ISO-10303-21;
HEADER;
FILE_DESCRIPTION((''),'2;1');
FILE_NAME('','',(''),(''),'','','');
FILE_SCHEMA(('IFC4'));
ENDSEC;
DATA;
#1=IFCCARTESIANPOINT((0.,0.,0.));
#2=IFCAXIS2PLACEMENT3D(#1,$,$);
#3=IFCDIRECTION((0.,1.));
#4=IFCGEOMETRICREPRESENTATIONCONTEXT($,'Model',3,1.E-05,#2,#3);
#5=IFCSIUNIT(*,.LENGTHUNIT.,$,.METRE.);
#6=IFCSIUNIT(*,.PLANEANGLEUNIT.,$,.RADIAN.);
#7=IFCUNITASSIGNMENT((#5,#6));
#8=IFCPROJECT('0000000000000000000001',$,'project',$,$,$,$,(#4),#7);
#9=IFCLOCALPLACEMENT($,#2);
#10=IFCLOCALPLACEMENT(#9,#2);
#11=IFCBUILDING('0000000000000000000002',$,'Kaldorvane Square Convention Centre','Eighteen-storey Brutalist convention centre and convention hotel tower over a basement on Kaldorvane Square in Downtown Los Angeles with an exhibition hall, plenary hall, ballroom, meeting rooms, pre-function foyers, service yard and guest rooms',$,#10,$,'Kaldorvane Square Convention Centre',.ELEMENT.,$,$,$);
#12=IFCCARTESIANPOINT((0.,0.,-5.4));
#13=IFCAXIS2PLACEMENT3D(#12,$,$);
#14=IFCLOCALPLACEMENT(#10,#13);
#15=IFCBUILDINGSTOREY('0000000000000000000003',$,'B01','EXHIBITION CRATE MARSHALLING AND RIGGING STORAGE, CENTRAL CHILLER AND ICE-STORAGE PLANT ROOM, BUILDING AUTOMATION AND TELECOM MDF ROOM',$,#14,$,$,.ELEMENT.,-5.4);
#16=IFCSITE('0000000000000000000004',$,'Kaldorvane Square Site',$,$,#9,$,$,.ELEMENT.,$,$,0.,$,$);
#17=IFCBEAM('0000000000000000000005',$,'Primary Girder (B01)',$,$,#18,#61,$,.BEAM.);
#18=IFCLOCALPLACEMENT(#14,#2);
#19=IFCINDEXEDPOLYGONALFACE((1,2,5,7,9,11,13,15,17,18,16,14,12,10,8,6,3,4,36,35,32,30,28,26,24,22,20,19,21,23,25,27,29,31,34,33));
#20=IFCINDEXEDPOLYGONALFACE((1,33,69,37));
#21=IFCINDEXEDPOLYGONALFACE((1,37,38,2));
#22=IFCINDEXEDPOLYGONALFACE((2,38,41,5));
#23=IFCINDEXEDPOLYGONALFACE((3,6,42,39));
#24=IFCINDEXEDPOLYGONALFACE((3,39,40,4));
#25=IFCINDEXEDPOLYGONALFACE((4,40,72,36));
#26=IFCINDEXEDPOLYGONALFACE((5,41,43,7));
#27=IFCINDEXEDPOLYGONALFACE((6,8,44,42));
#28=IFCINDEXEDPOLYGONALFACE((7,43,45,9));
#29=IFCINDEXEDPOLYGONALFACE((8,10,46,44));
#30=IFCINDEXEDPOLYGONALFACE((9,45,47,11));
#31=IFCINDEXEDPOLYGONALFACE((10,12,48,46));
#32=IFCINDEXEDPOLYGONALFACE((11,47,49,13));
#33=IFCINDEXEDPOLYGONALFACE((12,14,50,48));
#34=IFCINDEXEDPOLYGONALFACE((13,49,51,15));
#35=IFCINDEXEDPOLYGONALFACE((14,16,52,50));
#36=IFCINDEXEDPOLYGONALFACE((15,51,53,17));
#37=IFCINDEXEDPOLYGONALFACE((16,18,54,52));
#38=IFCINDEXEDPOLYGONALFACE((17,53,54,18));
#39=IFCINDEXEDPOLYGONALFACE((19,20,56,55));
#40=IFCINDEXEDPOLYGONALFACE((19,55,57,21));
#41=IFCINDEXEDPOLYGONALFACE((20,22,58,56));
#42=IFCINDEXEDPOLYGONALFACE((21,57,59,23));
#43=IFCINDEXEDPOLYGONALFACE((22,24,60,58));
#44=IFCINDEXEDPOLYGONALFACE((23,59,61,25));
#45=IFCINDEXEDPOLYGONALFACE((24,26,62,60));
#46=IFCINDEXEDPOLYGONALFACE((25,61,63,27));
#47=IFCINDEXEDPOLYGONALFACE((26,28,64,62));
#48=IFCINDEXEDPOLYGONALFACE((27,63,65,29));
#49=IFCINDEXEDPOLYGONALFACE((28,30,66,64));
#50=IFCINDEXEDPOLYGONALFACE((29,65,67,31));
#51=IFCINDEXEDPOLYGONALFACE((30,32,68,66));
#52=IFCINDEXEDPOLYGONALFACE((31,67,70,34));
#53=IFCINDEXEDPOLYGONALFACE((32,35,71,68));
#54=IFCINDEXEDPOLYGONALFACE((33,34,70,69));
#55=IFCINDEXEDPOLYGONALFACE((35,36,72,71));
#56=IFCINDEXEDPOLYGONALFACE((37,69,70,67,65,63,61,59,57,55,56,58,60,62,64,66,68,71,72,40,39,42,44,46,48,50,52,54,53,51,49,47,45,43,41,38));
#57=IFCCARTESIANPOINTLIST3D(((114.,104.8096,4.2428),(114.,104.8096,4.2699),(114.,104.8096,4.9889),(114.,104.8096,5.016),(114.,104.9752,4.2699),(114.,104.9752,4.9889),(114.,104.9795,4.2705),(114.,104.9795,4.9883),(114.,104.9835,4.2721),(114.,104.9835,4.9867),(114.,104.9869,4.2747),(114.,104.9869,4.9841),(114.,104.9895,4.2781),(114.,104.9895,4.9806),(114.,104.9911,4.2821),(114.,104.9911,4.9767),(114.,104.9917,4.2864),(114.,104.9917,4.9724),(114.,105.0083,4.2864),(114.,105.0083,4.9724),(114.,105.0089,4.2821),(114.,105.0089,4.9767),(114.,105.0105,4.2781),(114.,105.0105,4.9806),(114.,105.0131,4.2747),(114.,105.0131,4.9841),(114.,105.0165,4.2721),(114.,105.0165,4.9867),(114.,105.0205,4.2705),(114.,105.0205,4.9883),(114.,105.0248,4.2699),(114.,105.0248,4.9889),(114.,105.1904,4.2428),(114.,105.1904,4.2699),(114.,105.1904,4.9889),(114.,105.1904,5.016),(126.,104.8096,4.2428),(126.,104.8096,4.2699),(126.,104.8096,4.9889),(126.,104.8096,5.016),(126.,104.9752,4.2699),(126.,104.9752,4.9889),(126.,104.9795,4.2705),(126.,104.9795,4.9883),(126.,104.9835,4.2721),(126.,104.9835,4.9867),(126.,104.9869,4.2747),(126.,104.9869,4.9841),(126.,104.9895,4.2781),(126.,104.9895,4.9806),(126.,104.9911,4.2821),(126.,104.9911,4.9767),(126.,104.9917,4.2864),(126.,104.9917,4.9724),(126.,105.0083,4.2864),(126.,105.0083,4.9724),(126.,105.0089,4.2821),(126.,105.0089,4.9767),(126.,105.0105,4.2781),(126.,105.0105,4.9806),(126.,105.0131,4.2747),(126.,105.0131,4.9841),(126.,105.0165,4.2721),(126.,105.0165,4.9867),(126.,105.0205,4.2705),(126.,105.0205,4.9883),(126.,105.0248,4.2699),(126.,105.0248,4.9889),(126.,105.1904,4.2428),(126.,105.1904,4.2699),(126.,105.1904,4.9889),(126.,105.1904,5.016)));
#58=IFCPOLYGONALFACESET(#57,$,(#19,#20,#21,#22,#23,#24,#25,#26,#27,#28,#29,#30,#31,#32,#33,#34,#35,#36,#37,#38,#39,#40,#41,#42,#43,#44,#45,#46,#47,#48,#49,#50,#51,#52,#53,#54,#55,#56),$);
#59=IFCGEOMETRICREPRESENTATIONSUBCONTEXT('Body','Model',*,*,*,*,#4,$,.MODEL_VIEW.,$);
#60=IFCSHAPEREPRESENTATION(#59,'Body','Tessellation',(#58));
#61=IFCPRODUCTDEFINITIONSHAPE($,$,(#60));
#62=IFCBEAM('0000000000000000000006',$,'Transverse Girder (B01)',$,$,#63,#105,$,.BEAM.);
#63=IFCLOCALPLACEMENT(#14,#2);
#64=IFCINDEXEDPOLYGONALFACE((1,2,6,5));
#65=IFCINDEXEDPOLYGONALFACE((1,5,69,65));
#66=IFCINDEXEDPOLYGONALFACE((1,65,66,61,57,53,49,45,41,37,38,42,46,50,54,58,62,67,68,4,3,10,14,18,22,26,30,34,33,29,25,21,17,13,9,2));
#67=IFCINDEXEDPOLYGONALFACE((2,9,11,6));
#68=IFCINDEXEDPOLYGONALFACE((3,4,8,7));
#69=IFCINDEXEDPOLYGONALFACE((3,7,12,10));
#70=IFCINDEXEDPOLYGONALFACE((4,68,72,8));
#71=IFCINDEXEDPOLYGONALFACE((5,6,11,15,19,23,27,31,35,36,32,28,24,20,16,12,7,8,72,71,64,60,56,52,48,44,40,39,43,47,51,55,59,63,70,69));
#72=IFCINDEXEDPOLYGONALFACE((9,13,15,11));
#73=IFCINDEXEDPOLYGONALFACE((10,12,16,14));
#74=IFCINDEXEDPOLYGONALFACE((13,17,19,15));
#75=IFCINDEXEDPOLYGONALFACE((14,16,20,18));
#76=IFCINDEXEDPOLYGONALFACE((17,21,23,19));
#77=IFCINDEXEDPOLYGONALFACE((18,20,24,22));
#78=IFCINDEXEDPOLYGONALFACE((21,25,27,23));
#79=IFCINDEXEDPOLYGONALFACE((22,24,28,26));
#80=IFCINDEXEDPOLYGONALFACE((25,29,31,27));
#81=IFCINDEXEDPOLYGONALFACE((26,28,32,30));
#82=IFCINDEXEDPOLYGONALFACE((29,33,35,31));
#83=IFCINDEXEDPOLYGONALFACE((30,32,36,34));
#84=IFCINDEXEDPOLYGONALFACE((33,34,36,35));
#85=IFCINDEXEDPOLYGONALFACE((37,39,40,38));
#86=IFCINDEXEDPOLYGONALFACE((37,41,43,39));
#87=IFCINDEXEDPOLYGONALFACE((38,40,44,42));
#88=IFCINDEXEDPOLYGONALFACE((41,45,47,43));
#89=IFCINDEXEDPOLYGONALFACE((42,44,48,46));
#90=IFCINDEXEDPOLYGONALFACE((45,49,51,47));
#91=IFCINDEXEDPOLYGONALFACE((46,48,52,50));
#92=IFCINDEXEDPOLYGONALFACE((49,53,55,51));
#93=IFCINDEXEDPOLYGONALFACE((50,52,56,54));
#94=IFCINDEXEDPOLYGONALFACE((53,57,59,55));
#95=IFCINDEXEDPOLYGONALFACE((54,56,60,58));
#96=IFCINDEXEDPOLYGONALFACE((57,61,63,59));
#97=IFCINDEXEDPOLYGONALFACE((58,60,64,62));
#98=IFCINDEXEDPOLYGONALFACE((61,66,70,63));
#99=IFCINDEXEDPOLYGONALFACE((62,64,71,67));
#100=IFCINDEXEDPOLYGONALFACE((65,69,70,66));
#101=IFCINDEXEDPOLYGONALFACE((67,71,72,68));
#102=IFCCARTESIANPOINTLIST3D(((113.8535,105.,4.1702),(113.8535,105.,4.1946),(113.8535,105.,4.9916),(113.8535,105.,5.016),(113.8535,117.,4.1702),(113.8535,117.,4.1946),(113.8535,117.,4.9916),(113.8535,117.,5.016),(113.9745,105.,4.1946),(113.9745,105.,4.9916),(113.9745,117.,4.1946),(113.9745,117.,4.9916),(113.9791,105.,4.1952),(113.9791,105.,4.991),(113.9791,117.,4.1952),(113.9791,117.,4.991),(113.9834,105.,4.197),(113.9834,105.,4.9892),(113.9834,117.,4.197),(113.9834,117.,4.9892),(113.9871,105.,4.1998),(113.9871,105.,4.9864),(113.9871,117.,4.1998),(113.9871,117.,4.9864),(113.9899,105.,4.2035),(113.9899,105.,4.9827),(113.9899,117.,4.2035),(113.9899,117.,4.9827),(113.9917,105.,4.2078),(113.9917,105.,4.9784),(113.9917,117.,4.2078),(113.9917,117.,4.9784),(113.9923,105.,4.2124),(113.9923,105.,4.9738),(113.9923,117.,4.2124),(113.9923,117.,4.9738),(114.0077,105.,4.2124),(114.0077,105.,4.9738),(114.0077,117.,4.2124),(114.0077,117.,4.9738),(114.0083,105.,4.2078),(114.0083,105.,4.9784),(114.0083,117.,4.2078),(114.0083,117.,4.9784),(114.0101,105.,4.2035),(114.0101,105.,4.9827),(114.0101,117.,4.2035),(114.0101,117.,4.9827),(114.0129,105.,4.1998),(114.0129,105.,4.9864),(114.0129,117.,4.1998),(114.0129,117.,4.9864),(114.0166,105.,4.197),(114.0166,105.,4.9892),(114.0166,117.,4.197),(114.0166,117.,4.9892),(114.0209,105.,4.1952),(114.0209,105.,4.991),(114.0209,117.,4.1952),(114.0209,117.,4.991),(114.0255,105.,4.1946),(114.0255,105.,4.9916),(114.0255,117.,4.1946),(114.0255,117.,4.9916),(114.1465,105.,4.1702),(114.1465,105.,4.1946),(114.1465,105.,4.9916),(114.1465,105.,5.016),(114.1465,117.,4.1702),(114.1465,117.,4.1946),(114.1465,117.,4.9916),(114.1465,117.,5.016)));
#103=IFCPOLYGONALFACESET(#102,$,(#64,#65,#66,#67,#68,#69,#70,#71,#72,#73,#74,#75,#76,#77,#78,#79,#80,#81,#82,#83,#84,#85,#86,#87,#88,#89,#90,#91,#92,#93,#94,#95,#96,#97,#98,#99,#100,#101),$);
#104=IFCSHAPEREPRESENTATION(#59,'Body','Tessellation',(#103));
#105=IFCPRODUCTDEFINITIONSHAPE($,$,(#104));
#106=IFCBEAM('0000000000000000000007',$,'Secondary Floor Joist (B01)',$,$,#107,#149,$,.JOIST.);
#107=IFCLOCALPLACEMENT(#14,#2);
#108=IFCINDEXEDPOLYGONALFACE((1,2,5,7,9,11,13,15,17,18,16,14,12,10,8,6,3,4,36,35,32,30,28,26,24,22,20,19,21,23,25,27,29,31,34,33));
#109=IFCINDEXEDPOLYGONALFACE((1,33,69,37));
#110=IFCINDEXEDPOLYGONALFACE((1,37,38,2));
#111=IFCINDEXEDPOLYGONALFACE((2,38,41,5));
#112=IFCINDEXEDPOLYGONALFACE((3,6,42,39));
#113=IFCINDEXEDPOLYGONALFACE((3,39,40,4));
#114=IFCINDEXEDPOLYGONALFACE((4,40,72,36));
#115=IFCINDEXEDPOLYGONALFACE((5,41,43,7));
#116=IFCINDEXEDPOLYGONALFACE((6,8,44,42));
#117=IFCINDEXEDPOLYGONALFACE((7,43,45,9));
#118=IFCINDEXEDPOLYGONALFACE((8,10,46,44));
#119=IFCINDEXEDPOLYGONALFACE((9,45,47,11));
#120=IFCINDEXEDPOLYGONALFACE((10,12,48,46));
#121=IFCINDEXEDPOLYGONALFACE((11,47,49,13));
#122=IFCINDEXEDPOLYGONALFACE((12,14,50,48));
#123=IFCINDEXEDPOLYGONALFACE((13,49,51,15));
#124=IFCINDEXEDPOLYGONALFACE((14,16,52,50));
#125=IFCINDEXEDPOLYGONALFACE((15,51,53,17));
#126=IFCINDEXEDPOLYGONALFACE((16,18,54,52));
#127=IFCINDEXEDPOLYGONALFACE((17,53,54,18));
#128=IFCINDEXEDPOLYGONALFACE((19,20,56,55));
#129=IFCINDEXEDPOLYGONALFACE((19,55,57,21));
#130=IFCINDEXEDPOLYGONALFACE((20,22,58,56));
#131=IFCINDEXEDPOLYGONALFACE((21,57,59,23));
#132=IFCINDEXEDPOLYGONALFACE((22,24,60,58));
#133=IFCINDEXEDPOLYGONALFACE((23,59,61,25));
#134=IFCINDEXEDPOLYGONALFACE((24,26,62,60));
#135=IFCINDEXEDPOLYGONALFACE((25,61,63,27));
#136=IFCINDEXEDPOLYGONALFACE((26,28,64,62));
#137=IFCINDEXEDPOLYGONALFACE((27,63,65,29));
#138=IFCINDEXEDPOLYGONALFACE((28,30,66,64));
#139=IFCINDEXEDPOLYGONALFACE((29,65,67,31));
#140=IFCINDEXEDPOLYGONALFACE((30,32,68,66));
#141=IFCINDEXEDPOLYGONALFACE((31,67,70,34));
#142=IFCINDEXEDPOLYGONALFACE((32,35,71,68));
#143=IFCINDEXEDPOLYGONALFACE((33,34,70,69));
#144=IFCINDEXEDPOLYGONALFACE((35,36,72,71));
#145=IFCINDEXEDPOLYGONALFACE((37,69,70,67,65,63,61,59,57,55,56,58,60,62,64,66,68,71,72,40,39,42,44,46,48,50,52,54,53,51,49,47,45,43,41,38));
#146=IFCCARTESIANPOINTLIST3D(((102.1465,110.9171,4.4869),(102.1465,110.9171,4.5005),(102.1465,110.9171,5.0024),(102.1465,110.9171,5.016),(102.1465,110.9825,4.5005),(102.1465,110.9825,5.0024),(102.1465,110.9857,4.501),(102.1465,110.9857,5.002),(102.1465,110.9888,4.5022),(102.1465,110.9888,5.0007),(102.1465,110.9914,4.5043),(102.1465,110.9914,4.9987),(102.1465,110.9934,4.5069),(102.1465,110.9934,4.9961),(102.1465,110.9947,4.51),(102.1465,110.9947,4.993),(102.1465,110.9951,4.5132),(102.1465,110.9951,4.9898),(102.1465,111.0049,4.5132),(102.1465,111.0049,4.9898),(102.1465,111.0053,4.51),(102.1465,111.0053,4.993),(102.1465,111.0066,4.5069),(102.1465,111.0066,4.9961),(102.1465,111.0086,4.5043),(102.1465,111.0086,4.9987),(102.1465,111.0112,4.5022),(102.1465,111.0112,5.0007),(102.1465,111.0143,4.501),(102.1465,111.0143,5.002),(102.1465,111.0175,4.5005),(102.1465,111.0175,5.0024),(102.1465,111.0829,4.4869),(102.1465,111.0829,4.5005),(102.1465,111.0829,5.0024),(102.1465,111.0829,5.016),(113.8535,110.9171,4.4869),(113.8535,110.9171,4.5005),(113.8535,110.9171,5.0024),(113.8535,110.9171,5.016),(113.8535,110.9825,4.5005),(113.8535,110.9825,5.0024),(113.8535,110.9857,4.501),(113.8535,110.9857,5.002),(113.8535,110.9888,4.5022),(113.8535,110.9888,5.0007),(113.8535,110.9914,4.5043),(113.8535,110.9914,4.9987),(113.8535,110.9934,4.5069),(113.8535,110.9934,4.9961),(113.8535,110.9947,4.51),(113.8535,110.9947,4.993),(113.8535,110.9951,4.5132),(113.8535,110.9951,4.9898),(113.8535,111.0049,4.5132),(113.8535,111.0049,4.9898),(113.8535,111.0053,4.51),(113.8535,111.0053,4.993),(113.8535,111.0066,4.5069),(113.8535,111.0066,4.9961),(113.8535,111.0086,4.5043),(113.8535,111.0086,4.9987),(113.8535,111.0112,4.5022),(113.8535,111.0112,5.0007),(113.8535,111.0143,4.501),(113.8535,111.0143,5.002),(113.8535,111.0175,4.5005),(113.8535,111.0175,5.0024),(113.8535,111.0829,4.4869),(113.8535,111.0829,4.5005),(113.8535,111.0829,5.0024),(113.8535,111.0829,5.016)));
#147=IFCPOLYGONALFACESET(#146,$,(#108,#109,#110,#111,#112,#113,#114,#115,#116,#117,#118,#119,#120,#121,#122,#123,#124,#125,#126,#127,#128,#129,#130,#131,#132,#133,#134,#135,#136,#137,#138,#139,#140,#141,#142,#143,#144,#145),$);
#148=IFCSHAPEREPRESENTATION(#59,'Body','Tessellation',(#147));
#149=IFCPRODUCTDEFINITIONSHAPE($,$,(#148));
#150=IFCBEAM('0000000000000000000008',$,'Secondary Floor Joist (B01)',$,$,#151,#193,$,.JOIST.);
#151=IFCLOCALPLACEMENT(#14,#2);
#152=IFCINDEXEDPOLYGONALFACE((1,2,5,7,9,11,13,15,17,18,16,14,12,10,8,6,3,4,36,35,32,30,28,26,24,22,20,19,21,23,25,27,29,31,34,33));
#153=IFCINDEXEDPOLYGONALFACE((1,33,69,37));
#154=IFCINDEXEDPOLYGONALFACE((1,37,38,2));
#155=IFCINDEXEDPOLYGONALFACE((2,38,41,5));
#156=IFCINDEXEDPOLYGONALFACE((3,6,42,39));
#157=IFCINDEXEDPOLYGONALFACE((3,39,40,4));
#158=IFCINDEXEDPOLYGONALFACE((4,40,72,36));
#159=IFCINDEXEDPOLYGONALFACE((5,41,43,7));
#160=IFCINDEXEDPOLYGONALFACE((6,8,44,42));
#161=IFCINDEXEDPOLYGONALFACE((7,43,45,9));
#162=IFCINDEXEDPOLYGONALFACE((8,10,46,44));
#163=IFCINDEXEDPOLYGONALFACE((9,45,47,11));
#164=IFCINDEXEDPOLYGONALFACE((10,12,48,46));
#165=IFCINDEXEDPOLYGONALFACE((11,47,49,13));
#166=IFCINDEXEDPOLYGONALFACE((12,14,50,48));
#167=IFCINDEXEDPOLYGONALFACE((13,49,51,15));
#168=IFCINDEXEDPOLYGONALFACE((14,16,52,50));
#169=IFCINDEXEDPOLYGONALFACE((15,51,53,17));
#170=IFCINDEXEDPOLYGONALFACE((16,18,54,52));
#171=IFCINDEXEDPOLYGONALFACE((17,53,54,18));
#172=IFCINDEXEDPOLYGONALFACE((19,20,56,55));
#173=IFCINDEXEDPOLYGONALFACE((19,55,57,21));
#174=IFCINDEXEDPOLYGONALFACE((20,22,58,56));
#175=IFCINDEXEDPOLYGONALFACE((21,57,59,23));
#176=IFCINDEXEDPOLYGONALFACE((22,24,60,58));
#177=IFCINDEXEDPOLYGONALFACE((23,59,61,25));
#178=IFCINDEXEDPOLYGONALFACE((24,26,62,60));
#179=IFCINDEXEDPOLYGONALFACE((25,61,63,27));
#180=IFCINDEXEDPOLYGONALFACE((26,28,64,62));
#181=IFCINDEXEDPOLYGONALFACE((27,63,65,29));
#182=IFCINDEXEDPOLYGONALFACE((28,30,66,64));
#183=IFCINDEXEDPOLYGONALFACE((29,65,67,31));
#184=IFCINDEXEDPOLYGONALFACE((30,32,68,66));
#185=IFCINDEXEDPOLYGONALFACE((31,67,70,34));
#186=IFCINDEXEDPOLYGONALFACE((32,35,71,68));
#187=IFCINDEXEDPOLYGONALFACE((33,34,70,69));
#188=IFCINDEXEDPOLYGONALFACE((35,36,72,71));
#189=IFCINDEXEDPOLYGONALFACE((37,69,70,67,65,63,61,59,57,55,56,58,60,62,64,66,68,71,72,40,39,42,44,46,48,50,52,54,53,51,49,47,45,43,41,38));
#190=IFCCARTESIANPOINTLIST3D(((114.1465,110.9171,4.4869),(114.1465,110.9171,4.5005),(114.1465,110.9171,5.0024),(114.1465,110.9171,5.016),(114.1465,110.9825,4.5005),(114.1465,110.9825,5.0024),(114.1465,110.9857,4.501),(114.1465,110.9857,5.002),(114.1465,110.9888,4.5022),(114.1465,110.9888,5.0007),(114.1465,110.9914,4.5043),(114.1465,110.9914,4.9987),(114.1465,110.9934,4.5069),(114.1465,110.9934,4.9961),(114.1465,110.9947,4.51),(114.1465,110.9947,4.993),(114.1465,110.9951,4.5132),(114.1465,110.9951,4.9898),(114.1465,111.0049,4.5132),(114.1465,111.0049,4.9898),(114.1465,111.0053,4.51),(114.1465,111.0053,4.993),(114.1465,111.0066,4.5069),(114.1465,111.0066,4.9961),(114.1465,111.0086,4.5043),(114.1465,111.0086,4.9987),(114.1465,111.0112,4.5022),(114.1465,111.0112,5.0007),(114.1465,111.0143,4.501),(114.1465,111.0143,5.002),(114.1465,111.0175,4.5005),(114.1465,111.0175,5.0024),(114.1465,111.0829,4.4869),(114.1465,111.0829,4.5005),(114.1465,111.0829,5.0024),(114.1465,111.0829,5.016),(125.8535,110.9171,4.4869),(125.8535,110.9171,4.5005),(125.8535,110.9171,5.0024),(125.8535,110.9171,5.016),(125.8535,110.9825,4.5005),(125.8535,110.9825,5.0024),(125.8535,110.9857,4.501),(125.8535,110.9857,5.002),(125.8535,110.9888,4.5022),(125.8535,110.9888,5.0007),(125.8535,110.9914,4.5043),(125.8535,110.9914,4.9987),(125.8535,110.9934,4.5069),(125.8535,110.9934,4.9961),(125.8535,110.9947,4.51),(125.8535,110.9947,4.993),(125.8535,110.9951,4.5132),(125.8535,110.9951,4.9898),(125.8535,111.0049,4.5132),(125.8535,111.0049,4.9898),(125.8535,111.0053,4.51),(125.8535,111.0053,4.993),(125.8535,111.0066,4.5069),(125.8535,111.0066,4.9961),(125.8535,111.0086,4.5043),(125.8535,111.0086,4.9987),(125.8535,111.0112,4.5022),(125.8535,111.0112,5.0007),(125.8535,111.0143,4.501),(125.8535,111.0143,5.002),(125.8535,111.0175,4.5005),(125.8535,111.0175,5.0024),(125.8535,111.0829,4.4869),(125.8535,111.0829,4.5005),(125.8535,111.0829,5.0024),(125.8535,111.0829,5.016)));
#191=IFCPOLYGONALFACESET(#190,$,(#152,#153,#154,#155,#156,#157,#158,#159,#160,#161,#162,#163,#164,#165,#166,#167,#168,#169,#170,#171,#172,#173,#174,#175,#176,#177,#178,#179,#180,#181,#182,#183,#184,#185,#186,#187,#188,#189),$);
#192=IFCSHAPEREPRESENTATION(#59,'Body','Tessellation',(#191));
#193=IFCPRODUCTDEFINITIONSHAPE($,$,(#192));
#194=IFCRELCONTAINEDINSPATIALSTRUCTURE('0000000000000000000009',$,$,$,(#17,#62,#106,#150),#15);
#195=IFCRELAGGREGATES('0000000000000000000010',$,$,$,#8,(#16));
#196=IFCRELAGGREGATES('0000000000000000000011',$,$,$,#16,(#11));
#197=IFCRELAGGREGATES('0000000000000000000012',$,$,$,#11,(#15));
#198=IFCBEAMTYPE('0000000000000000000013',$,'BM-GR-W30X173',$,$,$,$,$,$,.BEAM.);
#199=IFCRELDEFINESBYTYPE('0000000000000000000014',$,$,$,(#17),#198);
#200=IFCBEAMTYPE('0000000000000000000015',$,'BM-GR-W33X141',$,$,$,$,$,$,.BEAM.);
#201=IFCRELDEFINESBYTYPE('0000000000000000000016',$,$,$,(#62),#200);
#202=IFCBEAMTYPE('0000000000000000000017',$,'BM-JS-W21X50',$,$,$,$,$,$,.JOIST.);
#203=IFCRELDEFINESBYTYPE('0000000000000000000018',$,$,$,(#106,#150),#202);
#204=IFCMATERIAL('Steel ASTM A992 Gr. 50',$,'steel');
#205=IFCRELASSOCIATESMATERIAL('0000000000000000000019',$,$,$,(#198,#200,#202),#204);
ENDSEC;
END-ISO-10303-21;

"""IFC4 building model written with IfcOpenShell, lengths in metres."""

from ifc_helpers import new_model, si_unit, direction, frame, origin, origin_2d, place, context, subcontext, project, spatial, i_section, extrude, material, material_profile, profile_set, type_object, element, save


model = new_model("IFC4")

# Units and contexts
model_context = context("Model", 3, precision=1e-05, world=origin(), true_north=direction((0.0, 1.0)))
body_context = subcontext(model_context, "Body", "Model", "MODEL_VIEW")
ifc_project = project(units=[si_unit("LENGTHUNIT", "METRE"), si_unit("PLANEANGLEUNIT", "RADIAN")], contexts=[model_context])

# Site, building, storey
site_placement = place(None, origin())
site = spatial("IfcSite", under=ifc_project, at=site_placement, Name="Kaldorvane Square Site", CompositionType="ELEMENT", RefElevation=0.0)
building_placement = place(site_placement, origin())
building = spatial("IfcBuilding", under=site, at=building_placement, Name="Kaldorvane Square Convention Centre", Description="Eighteen-storey Brutalist convention centre and convention hotel tower over a basement on Kaldorvane Square in Downtown Los Angeles with an exhibition hall, plenary hall, ballroom, meeting rooms, pre-function foyers, service yard and guest rooms", LongName="Kaldorvane Square Convention Centre", CompositionType="ELEMENT")
storey_placement = place(building_placement, frame((0.0, 0.0, -5.4)))
storey = spatial("IfcBuildingStorey", under=building, at=storey_placement, Name="B01", Description="EXHIBITION CRATE MARSHALLING AND RIGGING STORAGE, CENTRAL CHILLER AND ICE-STORAGE PLANT ROOM, BUILDING AUTOMATION AND TELECOM MDF ROOM", CompositionType="ELEMENT", Elevation=-5.4)

# Shared definitions
ifc_material_1 = material(Name="Steel ASTM A992 Gr. 50", Category="steel")

# Beams
ifc_material_profile_1 = material_profile(ifc_material_1, i_section(OverallWidth=0.3807, OverallDepth=0.7732, WebThickness=0.0166, FlangeThickness=0.0271, FilletRadius=0.0165, at=origin_2d()), Name="W30X173")
ifc_profile_set_1 = profile_set([ifc_material_profile_1], Name="Steel ASTM A992 Gr. 50")
beam_type_1 = type_object("IfcBeamType", Name="BM-GR-W30X173", PredefinedType="BEAM", material=ifc_profile_set_1)
beam_1_placement = place(storey_placement, frame((114.0, 105.0, 4.6294), z_axis=(1.0, 0.0, 0.0), x_axis=(0.0, 1.0, 0.0)))
element("IfcBeam", 1, at=beam_1_placement, inside=storey, type_object=beam_type_1, Name="Primary Girder (B01)", PredefinedType="BEAM", context=body_context, shape_type="SweptSolid", body=[
    extrude(i_section(OverallWidth=0.3807, OverallDepth=0.7732, WebThickness=0.0166, FlangeThickness=0.0271, FilletRadius=0.0165, at=origin_2d()), origin(), (0.0, 0.0, 1.0), 12.0),
])
ifc_material_profile_2 = material_profile(ifc_material_1, i_section(OverallWidth=0.293, OverallDepth=0.8458, WebThickness=0.0154, FlangeThickness=0.0244, FilletRadius=0.0178, at=origin_2d()), Name="W33X141")
ifc_profile_set_2 = profile_set([ifc_material_profile_2], Name="Steel ASTM A992 Gr. 50")
beam_type_2 = type_object("IfcBeamType", Name="BM-GR-W33X141", PredefinedType="BEAM", material=ifc_profile_set_2)
beam_2_placement = place(storey_placement, frame((114.0, 105.0, 4.5931), z_axis=(0.0, 1.0, 0.0), x_axis=(-1.0, 0.0, 0.0)))
element("IfcBeam", 2, at=beam_2_placement, inside=storey, type_object=beam_type_2, Name="Transverse Girder (B01)", PredefinedType="BEAM", context=body_context, shape_type="SweptSolid", body=[
    extrude(i_section(OverallWidth=0.293, OverallDepth=0.8458, WebThickness=0.0154, FlangeThickness=0.0244, FilletRadius=0.0178, at=origin_2d()), origin(), (0.0, 0.0, 1.0), 12.0),
])
ifc_material_profile_3 = material_profile(ifc_material_1, i_section(OverallWidth=0.1659, OverallDepth=0.5291, WebThickness=0.0097, FlangeThickness=0.0136, FilletRadius=0.0127, at=origin_2d()), Name="W21X50")
ifc_profile_set_3 = profile_set([ifc_material_profile_3], Name="Steel ASTM A992 Gr. 50")
beam_type_3 = type_object("IfcBeamType", Name="BM-JS-W21X50", PredefinedType="JOIST", material=ifc_profile_set_3)
for number, where, z_axis, x_axis, name in (
    (3, (102.1465, 111.0, 4.7515), (1.0, 0.0, 0.0), (0.0, 1.0, 0.0), "Secondary Floor Joist (B01)"),
    (4, (114.1465, 111.0, 4.7515), (1.0, 0.0, 0.0), (0.0, 1.0, 0.0), "Secondary Floor Joist (B01)"),
):
    element("IfcBeam", number, at=place(storey_placement, frame(where, z_axis=z_axis, x_axis=x_axis)), inside=storey, type_object=beam_type_3, Name=name, PredefinedType="JOIST", context=body_context, shape_type="SweptSolid", body=[
        extrude(i_section(OverallWidth=0.1659, OverallDepth=0.5291, WebThickness=0.0097, FlangeThickness=0.0136, FilletRadius=0.0127, at=origin_2d()), origin(), (0.0, 0.0, 1.0), 11.707),
    ])

save(model, "model.ifc")
